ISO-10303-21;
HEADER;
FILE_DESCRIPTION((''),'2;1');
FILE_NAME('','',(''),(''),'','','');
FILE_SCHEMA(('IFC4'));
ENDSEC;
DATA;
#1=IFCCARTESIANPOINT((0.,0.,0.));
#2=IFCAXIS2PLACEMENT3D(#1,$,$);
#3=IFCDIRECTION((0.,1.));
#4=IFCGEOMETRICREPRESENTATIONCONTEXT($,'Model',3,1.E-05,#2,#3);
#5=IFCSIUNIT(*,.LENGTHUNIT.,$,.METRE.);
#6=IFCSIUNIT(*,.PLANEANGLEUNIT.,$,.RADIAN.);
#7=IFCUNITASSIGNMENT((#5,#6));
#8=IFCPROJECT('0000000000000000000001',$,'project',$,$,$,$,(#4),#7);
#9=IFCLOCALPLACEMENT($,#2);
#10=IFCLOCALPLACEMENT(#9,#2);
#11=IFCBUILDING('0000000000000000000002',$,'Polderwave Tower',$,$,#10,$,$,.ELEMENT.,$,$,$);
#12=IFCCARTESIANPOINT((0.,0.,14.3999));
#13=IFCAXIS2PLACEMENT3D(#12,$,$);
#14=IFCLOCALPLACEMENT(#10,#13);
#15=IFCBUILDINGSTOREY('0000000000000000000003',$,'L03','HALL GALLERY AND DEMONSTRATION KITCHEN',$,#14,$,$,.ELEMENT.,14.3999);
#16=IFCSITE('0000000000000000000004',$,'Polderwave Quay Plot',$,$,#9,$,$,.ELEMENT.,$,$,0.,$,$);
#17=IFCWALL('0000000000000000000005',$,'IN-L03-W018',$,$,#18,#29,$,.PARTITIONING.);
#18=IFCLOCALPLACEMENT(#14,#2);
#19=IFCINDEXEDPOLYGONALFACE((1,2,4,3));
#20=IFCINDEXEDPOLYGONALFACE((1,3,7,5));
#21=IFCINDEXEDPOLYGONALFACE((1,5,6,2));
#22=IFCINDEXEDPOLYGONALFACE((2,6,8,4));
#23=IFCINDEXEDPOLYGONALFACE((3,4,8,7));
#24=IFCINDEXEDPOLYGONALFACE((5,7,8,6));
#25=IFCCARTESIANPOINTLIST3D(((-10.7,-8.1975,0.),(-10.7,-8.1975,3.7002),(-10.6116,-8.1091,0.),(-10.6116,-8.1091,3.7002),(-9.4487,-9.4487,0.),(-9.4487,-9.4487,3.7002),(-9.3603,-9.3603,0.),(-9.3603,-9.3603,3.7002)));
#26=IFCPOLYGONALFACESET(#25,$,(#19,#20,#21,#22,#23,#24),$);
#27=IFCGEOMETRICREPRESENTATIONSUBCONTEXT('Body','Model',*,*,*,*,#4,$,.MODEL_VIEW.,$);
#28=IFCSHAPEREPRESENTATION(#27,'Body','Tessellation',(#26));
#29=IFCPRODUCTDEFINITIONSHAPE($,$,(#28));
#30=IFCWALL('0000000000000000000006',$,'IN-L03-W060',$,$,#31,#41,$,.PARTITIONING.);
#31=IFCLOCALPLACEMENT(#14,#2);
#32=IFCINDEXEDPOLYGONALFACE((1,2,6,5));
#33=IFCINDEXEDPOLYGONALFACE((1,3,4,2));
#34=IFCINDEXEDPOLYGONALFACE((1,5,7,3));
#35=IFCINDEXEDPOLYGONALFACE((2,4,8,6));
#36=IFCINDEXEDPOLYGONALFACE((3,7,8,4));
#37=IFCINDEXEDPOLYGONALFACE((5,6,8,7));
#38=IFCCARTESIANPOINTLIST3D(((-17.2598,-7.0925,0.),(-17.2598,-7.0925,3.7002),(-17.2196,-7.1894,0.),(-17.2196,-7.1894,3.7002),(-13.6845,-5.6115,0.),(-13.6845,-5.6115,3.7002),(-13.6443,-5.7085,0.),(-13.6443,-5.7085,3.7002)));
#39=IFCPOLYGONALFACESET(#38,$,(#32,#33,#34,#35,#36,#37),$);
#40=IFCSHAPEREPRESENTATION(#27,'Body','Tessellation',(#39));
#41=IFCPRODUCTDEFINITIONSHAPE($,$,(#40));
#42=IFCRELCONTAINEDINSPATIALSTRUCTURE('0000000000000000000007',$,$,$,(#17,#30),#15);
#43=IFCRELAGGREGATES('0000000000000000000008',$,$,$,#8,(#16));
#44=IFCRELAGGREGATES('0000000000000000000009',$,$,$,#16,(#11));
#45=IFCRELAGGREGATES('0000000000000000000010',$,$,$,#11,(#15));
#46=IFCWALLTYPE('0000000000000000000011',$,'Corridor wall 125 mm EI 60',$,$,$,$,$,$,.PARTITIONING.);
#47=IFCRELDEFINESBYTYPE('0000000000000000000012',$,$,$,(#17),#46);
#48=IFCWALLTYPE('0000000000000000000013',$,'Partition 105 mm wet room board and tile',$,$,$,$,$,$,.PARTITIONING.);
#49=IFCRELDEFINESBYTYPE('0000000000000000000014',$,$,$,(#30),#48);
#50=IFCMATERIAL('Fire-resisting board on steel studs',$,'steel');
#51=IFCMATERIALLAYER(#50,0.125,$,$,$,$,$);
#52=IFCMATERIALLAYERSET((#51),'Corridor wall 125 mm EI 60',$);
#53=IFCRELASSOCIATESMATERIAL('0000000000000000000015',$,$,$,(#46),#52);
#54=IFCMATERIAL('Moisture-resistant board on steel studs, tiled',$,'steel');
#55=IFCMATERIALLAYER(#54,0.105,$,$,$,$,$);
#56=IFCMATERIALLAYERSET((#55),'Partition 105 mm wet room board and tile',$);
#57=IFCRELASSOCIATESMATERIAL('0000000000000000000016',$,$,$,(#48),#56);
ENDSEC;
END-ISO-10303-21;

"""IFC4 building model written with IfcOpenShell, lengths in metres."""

from ifc_helpers import new_model, si_unit, direction, frame, frame_2d, origin, place, context, subcontext, project, spatial, rectangle, extrude, material, layer, layer_set, type_object, element, save


model = new_model("IFC4")

# Units and contexts
model_context = context("Model", 3, precision=1e-05, world=origin(), true_north=direction((0.0, 1.0)))
body_context = subcontext(model_context, "Body", "Model", "MODEL_VIEW")
ifc_project = project(units=[si_unit("LENGTHUNIT", "METRE"), si_unit("PLANEANGLEUNIT", "RADIAN")], contexts=[model_context])

# Site, building, storey
site_placement = place(None, origin())
site = spatial("IfcSite", under=ifc_project, at=site_placement, Name="Polderwave Quay Plot", CompositionType="ELEMENT", RefElevation=0.0)
building_placement = place(site_placement, origin())
building = spatial("IfcBuilding", under=site, at=building_placement, Name="Polderwave Tower", CompositionType="ELEMENT")
storey_placement = place(building_placement, frame((0.0, 0.0, 14.3999)))
storey = spatial("IfcBuildingStorey", under=building, at=storey_placement, Name="L03", Description="HALL GALLERY AND DEMONSTRATION KITCHEN", CompositionType="ELEMENT", Elevation=14.3999)

# Shared definitions
ifc_material_1 = material(Name="Fire-resisting board on steel studs", Category="steel")
ifc_layer_1 = layer(ifc_material_1, 0.125)
ifc_layer_set_1 = layer_set([ifc_layer_1], Name="Corridor wall 125 mm EI 60")
wall_type_1 = type_object("IfcWallType", Name="Corridor wall 125 mm EI 60", PredefinedType="PARTITIONING", material=ifc_layer_set_1)

# Walls
wall_1_placement = place(storey_placement, frame((-9.4045, -9.4045, 0.0), z_axis=(0.0, 0.0, 1.0), x_axis=(-0.707107, 0.707107, 0.0)))
element("IfcWall", 1, at=wall_1_placement, inside=storey, type_object=wall_type_1, Name="IN-L03-W018", PredefinedType="PARTITIONING", context=body_context, shape_type="SweptSolid", body=[
    extrude(rectangle(XDim=1.7695, YDim=0.125, at=frame_2d((0.8848, 0.0))), origin(), (0.0, 0.0, 1.0), 3.7002),
])
ifc_material_2 = material(Name="Moisture-resistant board on steel studs, tiled", Category="steel")
ifc_layer_2 = layer(ifc_material_2, 0.105)
ifc_layer_set_2 = layer_set([ifc_layer_2], Name="Partition 105 mm wet room board and tile")
wall_type_2 = type_object("IfcWallType", Name="Partition 105 mm wet room board and tile", PredefinedType="PARTITIONING", material=ifc_layer_set_2)
wall_2_placement = place(storey_placement, frame((-13.6643, -5.6599, 0.0), z_axis=(0.0, 0.0, 1.0), x_axis=(-0.923874, -0.382697, 0.0)))
element("IfcWall", 2, at=wall_2_placement, inside=storey, type_object=wall_type_2, Name="IN-L03-W060", PredefinedType="PARTITIONING", context=body_context, shape_type="SweptSolid", body=[
    extrude(rectangle(XDim=3.8699, YDim=0.105, at=frame_2d((1.9351, 0.0))), origin(), (0.0, 0.0, 1.0), 3.7002),
])

save(model, "model.ifc")
